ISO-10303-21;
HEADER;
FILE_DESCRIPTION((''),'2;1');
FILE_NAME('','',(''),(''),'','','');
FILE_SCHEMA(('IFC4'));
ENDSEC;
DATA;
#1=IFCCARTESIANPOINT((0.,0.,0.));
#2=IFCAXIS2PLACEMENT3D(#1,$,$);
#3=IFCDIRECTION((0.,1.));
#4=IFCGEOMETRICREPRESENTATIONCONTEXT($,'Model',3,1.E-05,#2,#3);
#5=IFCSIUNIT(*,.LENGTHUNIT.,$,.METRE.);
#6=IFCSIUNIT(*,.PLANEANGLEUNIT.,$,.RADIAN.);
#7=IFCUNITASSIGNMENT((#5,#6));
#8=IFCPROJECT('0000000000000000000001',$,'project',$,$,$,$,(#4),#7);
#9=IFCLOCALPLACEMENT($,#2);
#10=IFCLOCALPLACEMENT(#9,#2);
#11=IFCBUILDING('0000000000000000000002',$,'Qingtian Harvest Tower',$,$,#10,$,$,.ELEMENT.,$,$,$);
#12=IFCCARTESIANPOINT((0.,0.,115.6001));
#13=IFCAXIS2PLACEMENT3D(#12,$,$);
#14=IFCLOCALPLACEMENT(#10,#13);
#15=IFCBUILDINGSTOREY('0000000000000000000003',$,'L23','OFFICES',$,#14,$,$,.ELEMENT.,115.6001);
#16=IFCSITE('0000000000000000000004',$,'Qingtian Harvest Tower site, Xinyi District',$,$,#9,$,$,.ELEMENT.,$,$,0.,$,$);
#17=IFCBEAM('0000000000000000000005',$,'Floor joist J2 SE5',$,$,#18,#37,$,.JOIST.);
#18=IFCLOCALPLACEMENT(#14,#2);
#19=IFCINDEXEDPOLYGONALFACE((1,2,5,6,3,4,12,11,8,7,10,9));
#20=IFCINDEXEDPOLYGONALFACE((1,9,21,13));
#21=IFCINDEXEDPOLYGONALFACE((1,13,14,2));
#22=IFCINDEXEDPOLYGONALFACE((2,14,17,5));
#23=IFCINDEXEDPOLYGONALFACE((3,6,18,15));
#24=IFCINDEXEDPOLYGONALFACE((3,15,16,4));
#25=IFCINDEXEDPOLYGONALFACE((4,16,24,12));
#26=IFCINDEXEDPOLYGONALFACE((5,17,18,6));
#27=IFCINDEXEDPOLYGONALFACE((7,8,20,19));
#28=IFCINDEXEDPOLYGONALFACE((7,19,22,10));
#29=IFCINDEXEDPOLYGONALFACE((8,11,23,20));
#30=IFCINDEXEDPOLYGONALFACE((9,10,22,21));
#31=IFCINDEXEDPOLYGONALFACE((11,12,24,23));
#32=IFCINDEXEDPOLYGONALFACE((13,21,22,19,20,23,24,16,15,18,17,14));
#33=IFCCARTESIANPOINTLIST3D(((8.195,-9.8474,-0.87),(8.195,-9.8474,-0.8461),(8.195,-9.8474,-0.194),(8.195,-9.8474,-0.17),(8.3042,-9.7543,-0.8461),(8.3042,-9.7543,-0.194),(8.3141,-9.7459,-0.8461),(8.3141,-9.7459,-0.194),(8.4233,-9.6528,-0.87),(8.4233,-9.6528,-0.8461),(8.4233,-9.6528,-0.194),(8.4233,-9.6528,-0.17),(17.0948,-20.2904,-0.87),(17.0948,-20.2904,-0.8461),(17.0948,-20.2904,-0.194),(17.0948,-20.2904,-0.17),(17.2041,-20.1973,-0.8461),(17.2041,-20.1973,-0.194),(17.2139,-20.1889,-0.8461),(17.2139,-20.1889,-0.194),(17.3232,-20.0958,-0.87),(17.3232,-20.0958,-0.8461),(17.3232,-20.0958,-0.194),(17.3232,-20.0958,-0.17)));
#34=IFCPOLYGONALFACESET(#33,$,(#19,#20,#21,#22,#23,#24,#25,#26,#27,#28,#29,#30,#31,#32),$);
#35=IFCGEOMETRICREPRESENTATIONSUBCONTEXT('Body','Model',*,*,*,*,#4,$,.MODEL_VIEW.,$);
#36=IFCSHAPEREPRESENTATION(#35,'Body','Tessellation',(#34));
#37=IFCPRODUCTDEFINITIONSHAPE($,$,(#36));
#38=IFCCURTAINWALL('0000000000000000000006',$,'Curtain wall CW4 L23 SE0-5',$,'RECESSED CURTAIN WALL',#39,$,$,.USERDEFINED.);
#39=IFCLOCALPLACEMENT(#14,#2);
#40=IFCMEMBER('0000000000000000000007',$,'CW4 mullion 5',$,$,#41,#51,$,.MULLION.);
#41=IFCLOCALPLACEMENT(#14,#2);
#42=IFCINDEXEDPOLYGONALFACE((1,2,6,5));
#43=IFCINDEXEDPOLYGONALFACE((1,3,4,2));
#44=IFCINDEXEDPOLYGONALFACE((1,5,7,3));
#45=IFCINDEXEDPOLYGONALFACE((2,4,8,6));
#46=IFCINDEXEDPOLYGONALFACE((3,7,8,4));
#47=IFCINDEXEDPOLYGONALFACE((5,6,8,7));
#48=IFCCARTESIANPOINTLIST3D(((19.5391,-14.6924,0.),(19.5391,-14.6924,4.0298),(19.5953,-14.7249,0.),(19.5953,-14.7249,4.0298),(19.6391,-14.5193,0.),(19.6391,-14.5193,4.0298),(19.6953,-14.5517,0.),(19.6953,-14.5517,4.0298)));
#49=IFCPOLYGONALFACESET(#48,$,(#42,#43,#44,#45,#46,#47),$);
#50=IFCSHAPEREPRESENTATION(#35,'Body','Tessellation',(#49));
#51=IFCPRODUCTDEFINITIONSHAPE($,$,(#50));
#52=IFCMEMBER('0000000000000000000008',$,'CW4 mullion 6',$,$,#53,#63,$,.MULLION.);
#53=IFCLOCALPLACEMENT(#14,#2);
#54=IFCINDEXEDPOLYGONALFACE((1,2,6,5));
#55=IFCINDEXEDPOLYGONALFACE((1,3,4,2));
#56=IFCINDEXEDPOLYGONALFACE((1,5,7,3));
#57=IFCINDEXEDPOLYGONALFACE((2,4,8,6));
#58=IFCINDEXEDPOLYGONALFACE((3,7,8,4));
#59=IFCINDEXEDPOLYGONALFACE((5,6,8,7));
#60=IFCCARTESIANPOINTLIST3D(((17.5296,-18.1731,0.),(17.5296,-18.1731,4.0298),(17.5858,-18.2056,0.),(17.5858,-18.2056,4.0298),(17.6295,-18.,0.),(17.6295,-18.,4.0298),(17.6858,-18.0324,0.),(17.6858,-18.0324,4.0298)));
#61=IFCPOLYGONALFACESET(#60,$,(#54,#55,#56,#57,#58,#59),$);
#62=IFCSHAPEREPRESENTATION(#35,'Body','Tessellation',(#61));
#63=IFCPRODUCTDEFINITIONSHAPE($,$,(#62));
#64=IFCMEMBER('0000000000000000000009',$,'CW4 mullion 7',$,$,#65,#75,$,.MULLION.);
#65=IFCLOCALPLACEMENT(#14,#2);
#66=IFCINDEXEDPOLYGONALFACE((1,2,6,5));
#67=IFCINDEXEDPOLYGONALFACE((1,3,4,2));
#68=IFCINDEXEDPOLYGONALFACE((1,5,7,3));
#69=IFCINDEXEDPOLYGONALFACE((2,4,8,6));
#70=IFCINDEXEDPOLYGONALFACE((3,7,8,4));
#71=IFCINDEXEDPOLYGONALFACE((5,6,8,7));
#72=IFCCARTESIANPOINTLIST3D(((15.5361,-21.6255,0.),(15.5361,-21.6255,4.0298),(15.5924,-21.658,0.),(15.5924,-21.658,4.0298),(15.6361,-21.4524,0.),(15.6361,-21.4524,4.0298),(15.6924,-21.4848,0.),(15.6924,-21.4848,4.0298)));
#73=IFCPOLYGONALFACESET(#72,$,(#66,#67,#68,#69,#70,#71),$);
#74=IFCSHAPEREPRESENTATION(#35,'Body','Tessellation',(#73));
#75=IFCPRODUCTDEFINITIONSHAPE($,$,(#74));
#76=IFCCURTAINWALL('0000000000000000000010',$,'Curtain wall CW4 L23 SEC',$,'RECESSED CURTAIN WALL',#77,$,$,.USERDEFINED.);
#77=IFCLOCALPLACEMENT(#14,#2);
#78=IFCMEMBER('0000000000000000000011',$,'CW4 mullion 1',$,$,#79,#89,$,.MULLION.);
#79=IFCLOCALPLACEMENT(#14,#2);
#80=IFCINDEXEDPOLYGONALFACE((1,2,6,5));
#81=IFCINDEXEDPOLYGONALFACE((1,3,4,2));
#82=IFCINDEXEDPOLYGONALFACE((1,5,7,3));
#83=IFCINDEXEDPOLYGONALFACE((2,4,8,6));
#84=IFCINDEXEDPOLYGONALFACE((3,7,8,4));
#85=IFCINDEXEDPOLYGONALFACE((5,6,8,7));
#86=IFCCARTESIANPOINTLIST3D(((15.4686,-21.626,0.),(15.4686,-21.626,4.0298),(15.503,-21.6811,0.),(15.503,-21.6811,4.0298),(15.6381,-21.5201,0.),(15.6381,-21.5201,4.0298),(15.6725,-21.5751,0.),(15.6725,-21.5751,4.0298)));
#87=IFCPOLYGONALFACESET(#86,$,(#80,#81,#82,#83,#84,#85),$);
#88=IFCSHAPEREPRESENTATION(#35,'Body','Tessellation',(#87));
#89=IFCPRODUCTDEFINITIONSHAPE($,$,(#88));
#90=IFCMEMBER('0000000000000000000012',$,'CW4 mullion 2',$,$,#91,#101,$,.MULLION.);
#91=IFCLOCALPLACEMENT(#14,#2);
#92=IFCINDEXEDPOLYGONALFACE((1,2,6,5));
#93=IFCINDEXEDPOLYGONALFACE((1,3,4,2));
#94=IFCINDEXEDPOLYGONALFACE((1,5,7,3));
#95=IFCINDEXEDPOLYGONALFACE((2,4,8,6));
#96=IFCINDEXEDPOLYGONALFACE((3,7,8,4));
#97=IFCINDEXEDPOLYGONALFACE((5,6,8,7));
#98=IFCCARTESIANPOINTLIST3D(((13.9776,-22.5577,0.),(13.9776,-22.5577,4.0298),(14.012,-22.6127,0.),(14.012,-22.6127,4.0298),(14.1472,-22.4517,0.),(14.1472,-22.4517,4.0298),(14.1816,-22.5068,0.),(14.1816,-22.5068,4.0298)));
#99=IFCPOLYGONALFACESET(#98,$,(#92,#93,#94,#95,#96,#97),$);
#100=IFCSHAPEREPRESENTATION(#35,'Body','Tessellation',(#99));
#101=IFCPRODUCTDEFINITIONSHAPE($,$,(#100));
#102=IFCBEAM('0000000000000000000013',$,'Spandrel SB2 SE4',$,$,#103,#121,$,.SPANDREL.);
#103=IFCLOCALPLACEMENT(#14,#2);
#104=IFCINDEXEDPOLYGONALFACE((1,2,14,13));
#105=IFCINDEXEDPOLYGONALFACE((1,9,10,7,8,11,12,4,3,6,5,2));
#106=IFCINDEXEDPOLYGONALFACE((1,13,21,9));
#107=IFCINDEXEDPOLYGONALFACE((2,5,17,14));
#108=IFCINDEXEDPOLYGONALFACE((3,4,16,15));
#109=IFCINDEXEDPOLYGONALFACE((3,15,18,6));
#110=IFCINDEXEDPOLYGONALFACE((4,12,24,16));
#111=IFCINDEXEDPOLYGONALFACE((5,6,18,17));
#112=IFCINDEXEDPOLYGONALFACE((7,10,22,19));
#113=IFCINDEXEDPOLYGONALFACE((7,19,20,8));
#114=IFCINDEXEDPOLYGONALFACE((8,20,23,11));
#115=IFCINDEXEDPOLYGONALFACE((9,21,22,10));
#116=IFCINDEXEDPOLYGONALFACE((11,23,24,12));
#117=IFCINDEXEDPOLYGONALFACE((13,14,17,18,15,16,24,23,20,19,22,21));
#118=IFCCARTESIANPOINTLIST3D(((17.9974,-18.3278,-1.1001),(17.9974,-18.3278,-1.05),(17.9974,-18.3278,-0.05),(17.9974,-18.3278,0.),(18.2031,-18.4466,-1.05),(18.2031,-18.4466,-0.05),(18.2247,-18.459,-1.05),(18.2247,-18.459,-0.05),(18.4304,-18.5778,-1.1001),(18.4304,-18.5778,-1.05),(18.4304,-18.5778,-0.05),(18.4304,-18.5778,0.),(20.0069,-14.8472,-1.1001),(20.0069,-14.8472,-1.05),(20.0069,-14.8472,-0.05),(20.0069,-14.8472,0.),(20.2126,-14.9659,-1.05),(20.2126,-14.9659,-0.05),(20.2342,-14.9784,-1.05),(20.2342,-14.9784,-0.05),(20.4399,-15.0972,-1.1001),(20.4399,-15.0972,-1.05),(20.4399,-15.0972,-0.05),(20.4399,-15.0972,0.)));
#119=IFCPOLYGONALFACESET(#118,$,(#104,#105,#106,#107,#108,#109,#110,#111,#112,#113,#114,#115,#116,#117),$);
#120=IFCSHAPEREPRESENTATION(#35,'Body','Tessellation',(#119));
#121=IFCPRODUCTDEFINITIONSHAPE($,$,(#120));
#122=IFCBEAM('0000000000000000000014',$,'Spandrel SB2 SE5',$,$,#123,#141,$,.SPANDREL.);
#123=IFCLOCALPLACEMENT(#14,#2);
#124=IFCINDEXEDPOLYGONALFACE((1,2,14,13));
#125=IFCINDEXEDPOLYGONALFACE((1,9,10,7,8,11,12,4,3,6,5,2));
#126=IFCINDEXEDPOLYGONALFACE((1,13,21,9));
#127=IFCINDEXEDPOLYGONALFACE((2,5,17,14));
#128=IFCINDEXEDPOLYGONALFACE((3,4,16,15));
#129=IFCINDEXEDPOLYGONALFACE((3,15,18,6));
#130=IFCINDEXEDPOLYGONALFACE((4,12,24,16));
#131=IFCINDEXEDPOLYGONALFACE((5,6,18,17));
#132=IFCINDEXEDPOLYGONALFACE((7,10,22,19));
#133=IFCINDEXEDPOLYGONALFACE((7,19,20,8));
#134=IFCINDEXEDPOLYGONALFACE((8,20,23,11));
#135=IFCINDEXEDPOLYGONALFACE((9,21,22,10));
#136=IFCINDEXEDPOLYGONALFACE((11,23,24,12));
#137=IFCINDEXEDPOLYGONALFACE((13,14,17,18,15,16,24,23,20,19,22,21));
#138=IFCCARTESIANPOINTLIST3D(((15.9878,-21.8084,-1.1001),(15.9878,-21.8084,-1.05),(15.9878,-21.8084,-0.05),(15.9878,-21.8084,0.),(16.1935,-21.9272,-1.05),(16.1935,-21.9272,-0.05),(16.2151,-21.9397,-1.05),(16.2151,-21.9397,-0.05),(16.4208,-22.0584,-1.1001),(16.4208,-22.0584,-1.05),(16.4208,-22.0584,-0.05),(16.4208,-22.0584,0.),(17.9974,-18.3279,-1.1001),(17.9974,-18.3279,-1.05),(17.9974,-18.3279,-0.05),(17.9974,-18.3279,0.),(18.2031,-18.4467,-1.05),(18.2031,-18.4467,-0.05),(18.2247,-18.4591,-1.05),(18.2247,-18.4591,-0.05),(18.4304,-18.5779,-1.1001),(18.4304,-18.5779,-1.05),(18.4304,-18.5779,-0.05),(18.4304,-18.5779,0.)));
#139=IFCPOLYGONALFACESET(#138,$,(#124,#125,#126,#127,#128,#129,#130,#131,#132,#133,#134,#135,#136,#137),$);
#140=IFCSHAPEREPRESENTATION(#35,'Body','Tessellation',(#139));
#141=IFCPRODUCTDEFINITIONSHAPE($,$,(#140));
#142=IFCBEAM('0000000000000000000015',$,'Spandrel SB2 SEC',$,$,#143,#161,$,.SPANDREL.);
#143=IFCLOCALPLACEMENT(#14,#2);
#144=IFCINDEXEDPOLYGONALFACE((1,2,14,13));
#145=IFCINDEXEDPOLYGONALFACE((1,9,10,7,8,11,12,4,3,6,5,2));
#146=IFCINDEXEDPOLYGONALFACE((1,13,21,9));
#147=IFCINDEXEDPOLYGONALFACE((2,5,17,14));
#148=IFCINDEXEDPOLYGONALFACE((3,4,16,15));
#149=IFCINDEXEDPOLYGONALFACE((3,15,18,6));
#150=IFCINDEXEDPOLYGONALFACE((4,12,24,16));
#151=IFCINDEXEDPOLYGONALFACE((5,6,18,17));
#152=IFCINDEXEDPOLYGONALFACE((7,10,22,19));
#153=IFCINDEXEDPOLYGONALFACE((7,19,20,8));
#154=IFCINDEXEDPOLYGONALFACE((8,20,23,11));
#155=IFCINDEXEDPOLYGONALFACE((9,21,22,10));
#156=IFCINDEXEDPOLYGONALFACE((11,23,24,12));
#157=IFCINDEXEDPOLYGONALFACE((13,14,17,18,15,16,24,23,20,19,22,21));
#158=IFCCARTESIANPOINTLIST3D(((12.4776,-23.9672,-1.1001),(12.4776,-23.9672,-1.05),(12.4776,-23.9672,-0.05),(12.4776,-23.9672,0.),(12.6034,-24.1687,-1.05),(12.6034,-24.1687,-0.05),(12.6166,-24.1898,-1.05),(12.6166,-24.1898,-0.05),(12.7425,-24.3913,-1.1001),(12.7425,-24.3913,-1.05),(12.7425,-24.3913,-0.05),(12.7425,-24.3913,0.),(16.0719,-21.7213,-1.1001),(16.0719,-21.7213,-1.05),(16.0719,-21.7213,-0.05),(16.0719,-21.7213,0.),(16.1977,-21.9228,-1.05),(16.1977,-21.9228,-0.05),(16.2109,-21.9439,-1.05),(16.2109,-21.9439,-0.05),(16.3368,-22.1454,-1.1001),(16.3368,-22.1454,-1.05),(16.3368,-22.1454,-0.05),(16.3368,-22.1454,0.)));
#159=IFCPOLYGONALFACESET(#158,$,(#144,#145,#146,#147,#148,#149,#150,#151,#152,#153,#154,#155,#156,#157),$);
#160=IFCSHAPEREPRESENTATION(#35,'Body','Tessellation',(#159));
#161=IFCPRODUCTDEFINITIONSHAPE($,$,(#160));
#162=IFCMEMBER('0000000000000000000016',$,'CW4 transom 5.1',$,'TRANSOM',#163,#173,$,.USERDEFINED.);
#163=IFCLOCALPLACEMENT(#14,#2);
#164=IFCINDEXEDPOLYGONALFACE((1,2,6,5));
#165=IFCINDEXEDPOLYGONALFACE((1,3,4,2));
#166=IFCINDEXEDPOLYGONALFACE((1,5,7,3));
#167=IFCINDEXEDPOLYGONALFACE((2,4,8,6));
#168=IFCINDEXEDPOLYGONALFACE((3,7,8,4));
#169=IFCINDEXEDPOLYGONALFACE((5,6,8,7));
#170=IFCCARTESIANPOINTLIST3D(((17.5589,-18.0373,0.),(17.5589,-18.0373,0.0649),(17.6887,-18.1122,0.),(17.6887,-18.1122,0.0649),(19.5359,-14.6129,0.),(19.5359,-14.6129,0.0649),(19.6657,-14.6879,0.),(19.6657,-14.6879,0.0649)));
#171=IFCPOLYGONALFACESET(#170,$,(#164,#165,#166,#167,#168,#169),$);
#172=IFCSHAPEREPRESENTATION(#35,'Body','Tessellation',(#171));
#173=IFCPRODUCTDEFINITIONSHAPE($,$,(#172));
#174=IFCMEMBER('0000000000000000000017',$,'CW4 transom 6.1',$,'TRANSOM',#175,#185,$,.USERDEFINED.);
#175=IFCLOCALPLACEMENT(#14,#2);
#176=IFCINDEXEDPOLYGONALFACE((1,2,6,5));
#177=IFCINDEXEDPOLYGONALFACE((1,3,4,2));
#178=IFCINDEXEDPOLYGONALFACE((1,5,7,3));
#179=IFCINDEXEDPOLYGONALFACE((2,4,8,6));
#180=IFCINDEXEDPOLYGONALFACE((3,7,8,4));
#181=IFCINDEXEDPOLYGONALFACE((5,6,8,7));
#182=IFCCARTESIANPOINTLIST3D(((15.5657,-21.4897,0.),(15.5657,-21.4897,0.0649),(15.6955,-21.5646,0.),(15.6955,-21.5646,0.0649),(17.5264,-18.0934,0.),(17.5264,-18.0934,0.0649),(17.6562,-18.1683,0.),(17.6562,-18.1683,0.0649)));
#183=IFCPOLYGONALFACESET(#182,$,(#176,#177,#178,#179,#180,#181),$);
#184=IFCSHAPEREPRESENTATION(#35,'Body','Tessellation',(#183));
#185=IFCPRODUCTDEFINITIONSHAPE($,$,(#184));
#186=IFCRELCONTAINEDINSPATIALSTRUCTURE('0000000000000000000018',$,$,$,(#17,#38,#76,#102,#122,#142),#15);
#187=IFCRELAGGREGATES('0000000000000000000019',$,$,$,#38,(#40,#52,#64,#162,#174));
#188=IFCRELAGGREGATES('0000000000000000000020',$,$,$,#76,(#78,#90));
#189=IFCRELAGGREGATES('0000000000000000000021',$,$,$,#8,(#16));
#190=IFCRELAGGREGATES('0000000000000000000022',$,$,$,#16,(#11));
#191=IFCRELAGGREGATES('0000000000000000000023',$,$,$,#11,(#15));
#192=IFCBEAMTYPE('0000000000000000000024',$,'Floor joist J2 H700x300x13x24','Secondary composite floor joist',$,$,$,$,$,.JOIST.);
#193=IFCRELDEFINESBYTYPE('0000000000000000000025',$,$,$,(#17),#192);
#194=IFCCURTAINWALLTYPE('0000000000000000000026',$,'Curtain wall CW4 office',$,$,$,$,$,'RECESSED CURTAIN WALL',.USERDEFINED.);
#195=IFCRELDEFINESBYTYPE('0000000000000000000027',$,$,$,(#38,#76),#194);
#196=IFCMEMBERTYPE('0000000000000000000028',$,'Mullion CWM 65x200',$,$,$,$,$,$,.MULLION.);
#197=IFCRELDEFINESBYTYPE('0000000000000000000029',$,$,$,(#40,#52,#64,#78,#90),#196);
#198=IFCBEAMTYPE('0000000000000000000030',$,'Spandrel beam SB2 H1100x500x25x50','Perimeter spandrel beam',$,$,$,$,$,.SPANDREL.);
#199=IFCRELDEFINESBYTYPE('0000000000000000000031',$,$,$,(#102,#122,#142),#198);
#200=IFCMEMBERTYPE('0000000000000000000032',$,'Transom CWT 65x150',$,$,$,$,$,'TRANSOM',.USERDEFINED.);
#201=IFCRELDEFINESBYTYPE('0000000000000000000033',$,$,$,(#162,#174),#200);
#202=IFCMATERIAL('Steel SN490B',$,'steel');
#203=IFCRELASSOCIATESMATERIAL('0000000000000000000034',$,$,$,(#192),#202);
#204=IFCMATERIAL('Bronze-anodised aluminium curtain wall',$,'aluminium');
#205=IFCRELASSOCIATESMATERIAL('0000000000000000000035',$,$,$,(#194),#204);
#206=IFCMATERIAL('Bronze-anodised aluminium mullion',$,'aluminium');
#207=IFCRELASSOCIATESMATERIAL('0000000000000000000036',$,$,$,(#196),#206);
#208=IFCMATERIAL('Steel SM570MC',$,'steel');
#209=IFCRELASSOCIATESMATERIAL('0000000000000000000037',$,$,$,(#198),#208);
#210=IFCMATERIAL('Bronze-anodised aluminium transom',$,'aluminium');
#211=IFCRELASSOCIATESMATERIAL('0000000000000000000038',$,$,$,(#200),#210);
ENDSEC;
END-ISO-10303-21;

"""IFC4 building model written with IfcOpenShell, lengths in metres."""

from ifc_helpers import new_model, si_unit, direction, frame, origin, origin_2d, place, context, subcontext, project, spatial, rectangle, i_section, extrude, material, material_profile, profile_set, type_object, element, aggregate, save


model = new_model("IFC4")

# Units and contexts
model_context = context("Model", 3, precision=1e-05, world=origin(), true_north=direction((0.0, 1.0)))
body_context = subcontext(model_context, "Body", "Model", "MODEL_VIEW")
ifc_project = project(units=[si_unit("LENGTHUNIT", "METRE"), si_unit("PLANEANGLEUNIT", "RADIAN")], contexts=[model_context])

# Site, building, storey
site_placement = place(None, origin())
site = spatial("IfcSite", under=ifc_project, at=site_placement, Name="Qingtian Harvest Tower site, Xinyi District", CompositionType="ELEMENT", RefElevation=0.0)
building_placement = place(site_placement, origin())
building = spatial("IfcBuilding", under=site, at=building_placement, Name="Qingtian Harvest Tower", CompositionType="ELEMENT")
storey_placement = place(building_placement, frame((0.0, 0.0, 115.6001)))
storey = spatial("IfcBuildingStorey", under=building, at=storey_placement, Name="L23", Description="OFFICES", CompositionType="ELEMENT", Elevation=115.6001)

# Beam
ifc_material_1 = material(Name="Steel SN490B", Category="steel")
ifc_material_profile_1 = material_profile(ifc_material_1, i_section(OverallWidth=0.3, OverallDepth=0.7, WebThickness=0.0129, FlangeThickness=0.0239, at=origin_2d()), Name="H700x300x13x24")
ifc_profile_set_1 = profile_set([ifc_material_profile_1], Name="Steel SN490B")
beam_type_1 = type_object("IfcBeamType", Name="Floor joist J2 H700x300x13x24", Description="Secondary composite floor joist", PredefinedType="JOIST", material=ifc_profile_set_1)
beam_1_placement = place(storey_placement, frame((17.209, -20.1931, -0.52), z_axis=(-0.648632, 0.761102, 0.0), x_axis=(-0.761102, -0.648632, 0.0)))
element("IfcBeam", 1, at=beam_1_placement, inside=storey, type_object=beam_type_1, Name="Floor joist J2 SE5", PredefinedType="JOIST", context=body_context, shape_type="SweptSolid", body=[
    extrude(i_section(OverallWidth=0.3, OverallDepth=0.7, WebThickness=0.0129, FlangeThickness=0.0239, at=origin_2d()), origin(), (0.0, 0.0, 1.0), 13.7209),
])

# Curtain walls, members
ifc_material_2 = material(Name="Bronze-anodised aluminium curtain wall", Category="aluminium")
curtain_wall_type = type_object("IfcCurtainWallType", Name="Curtain wall CW4 office", ElementType="RECESSED CURTAIN WALL", PredefinedType="USERDEFINED", material=ifc_material_2)
curtain_wall_1_placement = place(storey_placement, origin())
curtain_wall_1 = element("IfcCurtainWall", 2, at=curtain_wall_1_placement, inside=storey, type_object=curtain_wall_type, Name="Curtain wall CW4 L23 SE0-5", ObjectType="RECESSED CURTAIN WALL", PredefinedType="USERDEFINED")
ifc_material_3 = material(Name="Bronze-anodised aluminium mullion", Category="aluminium")
ifc_material_profile_2 = material_profile(ifc_material_3, rectangle(XDim=0.0649, YDim=0.2, at=origin_2d()), Name="AL 65x200")
ifc_profile_set_2 = profile_set([ifc_material_profile_2], Name="Bronze-anodised aluminium mullion")
member_type_1 = type_object("IfcMemberType", Name="Mullion CWM 65x200", PredefinedType="MULLION", material=ifc_profile_set_2)
member_1_placement = place(storey_placement, frame((19.6172, -14.6221, 0.0), z_axis=(0.0, 0.0, 1.0), x_axis=(0.866025, -0.5, 0.0)))
member_1 = element("IfcMember", 3, at=member_1_placement, type_object=member_type_1, Name="CW4 mullion 5", PredefinedType="MULLION", context=body_context, shape_type="SweptSolid", body=[
    extrude(rectangle(XDim=0.0649, YDim=0.2, at=origin_2d()), origin(), (0.0, 0.0, 1.0), 4.0298),
])
member_2_placement = place(storey_placement, frame((17.6077, -18.1028, 0.0), z_axis=(0.0, 0.0, 1.0), x_axis=(0.866025, -0.5, 0.0)))
member_2 = element("IfcMember", 4, at=member_2_placement, type_object=member_type_1, Name="CW4 mullion 6", PredefinedType="MULLION", context=body_context, shape_type="SweptSolid", body=[
    extrude(rectangle(XDim=0.0649, YDim=0.2, at=origin_2d()), origin(), (0.0, 0.0, 1.0), 4.0298),
])
member_3_placement = place(storey_placement, frame((15.6143, -21.5552, 0.0), z_axis=(0.0, 0.0, 1.0), x_axis=(0.866025, -0.5, 0.0)))
member_3 = element("IfcMember", 5, at=member_3_placement, type_object=member_type_1, Name="CW4 mullion 7", PredefinedType="MULLION", context=body_context, shape_type="SweptSolid", body=[
    extrude(rectangle(XDim=0.0649, YDim=0.2, at=origin_2d()), origin(), (0.0, 0.0, 1.0), 4.0298),
])
curtain_wall_2_placement = place(storey_placement, origin())
curtain_wall_2 = element("IfcCurtainWall", 6, at=curtain_wall_2_placement, inside=storey, type_object=curtain_wall_type, Name="Curtain wall CW4 L23 SEC", ObjectType="RECESSED CURTAIN WALL", PredefinedType="USERDEFINED")
member_4_placement = place(storey_placement, frame((15.5706, -21.6006, 0.0), z_axis=(0.0, 0.0, 1.0), x_axis=(0.529919, -0.848048, 0.0)))
member_4 = element("IfcMember", 7, at=member_4_placement, type_object=member_type_1, Name="CW4 mullion 1", PredefinedType="MULLION", context=body_context, shape_type="SweptSolid", body=[
    extrude(rectangle(XDim=0.0649, YDim=0.2, at=origin_2d()), origin(), (0.0, 0.0, 1.0), 4.0298),
])
member_5_placement = place(storey_placement, frame((14.0796, -22.5322, 0.0), z_axis=(0.0, 0.0, 1.0), x_axis=(0.529919, -0.848048, 0.0)))
member_5 = element("IfcMember", 8, at=member_5_placement, type_object=member_type_1, Name="CW4 mullion 2", PredefinedType="MULLION", context=body_context, shape_type="SweptSolid", body=[
    extrude(rectangle(XDim=0.0649, YDim=0.2, at=origin_2d()), origin(), (0.0, 0.0, 1.0), 4.0298),
])

# Beams
ifc_material_4 = material(Name="Steel SM570MC", Category="steel")
ifc_material_profile_3 = material_profile(ifc_material_4, i_section(OverallWidth=0.5, OverallDepth=1.1001, WebThickness=0.0249, FlangeThickness=0.05, at=origin_2d()), Name="H1100x500x25x50")
ifc_profile_set_3 = profile_set([ifc_material_profile_3], Name="Steel SM570MC")
beam_type_2 = type_object("IfcBeamType", Name="Spandrel beam SB2 H1100x500x25x50", Description="Perimeter spandrel beam", PredefinedType="SPANDREL", material=ifc_profile_set_3)
for number, where, z_axis, x_axis, name in (
    (9, (20.2234, -14.9722, -0.55), (-0.499987, -0.866033, 0.0), (0.866033, -0.499987, 0.0), "Spandrel SB2 SE4"),
    (10, (18.2139, -18.4529, -0.55), (-0.500013, -0.866018, 0.0), (0.866018, -0.500013, 0.0), "Spandrel SB2 SE5"),
):
    element("IfcBeam", number, at=place(storey_placement, frame(where, z_axis=z_axis, x_axis=x_axis)), inside=storey, type_object=beam_type_2, Name=name, PredefinedType="SPANDREL", context=body_context, shape_type="SweptSolid", body=[
        extrude(i_section(OverallWidth=0.5, OverallDepth=1.1001, WebThickness=0.0249, FlangeThickness=0.05, at=origin_2d()), origin(), (0.0, 0.0, 1.0), 4.019),
    ])
beam_2_placement = place(storey_placement, frame((16.2043, -21.9333, -0.55), z_axis=(-0.848057, -0.529906, 0.0), x_axis=(0.529906, -0.848057, 0.0)))
element("IfcBeam", 11, at=beam_2_placement, inside=storey, type_object=beam_type_2, Name="Spandrel SB2 SEC", PredefinedType="SPANDREL", context=body_context, shape_type="SweptSolid", body=[
    extrude(i_section(OverallWidth=0.5, OverallDepth=1.1001, WebThickness=0.0249, FlangeThickness=0.05, at=origin_2d()), origin(), (0.0, 0.0, 1.0), 4.2383),
])

# Members
ifc_material_5 = material(Name="Bronze-anodised aluminium transom", Category="aluminium")
ifc_material_profile_4 = material_profile(ifc_material_5, rectangle(XDim=0.1499, YDim=0.0649, at=origin_2d()), Name="AL 65x150")
ifc_profile_set_4 = profile_set([ifc_material_profile_4], Name="Bronze-anodised aluminium transom")
member_type_2 = type_object("IfcMemberType", Name="Transom CWT 65x150", ElementType="TRANSOM", PredefinedType="USERDEFINED", material=ifc_profile_set_4)
member_6_placement = place(storey_placement, frame((19.6008, -14.6504, 0.0325), z_axis=(-0.500004, -0.866023, 0.0), x_axis=(0.866023, -0.500004, 0.0)))
member_6 = element("IfcMember", 12, at=member_6_placement, type_object=member_type_2, Name="CW4 transom 5.1", ObjectType="TRANSOM", PredefinedType="USERDEFINED", context=body_context, shape_type="SweptSolid", body=[
    extrude(rectangle(XDim=0.1499, YDim=0.0649, at=origin_2d()), origin(), (0.0, 0.0, 1.0), 3.9541),
])
member_7_placement = place(storey_placement, frame((17.5913, -18.1309, 0.0325), z_axis=(-0.499976, -0.866039, 0.0), x_axis=(0.866039, -0.499976, 0.0)))
member_7 = element("IfcMember", 13, at=member_7_placement, type_object=member_type_2, Name="CW4 transom 6.1", ObjectType="TRANSOM", PredefinedType="USERDEFINED", context=body_context, shape_type="SweptSolid", body=[
    extrude(rectangle(XDim=0.1499, YDim=0.0649, at=origin_2d()), origin(), (0.0, 0.0, 1.0), 3.9216),
])

aggregate(curtain_wall_1, [member_1, member_2, member_3, member_6, member_7])
aggregate(curtain_wall_2, [member_4, member_5])

save(model, "model.ifc")
